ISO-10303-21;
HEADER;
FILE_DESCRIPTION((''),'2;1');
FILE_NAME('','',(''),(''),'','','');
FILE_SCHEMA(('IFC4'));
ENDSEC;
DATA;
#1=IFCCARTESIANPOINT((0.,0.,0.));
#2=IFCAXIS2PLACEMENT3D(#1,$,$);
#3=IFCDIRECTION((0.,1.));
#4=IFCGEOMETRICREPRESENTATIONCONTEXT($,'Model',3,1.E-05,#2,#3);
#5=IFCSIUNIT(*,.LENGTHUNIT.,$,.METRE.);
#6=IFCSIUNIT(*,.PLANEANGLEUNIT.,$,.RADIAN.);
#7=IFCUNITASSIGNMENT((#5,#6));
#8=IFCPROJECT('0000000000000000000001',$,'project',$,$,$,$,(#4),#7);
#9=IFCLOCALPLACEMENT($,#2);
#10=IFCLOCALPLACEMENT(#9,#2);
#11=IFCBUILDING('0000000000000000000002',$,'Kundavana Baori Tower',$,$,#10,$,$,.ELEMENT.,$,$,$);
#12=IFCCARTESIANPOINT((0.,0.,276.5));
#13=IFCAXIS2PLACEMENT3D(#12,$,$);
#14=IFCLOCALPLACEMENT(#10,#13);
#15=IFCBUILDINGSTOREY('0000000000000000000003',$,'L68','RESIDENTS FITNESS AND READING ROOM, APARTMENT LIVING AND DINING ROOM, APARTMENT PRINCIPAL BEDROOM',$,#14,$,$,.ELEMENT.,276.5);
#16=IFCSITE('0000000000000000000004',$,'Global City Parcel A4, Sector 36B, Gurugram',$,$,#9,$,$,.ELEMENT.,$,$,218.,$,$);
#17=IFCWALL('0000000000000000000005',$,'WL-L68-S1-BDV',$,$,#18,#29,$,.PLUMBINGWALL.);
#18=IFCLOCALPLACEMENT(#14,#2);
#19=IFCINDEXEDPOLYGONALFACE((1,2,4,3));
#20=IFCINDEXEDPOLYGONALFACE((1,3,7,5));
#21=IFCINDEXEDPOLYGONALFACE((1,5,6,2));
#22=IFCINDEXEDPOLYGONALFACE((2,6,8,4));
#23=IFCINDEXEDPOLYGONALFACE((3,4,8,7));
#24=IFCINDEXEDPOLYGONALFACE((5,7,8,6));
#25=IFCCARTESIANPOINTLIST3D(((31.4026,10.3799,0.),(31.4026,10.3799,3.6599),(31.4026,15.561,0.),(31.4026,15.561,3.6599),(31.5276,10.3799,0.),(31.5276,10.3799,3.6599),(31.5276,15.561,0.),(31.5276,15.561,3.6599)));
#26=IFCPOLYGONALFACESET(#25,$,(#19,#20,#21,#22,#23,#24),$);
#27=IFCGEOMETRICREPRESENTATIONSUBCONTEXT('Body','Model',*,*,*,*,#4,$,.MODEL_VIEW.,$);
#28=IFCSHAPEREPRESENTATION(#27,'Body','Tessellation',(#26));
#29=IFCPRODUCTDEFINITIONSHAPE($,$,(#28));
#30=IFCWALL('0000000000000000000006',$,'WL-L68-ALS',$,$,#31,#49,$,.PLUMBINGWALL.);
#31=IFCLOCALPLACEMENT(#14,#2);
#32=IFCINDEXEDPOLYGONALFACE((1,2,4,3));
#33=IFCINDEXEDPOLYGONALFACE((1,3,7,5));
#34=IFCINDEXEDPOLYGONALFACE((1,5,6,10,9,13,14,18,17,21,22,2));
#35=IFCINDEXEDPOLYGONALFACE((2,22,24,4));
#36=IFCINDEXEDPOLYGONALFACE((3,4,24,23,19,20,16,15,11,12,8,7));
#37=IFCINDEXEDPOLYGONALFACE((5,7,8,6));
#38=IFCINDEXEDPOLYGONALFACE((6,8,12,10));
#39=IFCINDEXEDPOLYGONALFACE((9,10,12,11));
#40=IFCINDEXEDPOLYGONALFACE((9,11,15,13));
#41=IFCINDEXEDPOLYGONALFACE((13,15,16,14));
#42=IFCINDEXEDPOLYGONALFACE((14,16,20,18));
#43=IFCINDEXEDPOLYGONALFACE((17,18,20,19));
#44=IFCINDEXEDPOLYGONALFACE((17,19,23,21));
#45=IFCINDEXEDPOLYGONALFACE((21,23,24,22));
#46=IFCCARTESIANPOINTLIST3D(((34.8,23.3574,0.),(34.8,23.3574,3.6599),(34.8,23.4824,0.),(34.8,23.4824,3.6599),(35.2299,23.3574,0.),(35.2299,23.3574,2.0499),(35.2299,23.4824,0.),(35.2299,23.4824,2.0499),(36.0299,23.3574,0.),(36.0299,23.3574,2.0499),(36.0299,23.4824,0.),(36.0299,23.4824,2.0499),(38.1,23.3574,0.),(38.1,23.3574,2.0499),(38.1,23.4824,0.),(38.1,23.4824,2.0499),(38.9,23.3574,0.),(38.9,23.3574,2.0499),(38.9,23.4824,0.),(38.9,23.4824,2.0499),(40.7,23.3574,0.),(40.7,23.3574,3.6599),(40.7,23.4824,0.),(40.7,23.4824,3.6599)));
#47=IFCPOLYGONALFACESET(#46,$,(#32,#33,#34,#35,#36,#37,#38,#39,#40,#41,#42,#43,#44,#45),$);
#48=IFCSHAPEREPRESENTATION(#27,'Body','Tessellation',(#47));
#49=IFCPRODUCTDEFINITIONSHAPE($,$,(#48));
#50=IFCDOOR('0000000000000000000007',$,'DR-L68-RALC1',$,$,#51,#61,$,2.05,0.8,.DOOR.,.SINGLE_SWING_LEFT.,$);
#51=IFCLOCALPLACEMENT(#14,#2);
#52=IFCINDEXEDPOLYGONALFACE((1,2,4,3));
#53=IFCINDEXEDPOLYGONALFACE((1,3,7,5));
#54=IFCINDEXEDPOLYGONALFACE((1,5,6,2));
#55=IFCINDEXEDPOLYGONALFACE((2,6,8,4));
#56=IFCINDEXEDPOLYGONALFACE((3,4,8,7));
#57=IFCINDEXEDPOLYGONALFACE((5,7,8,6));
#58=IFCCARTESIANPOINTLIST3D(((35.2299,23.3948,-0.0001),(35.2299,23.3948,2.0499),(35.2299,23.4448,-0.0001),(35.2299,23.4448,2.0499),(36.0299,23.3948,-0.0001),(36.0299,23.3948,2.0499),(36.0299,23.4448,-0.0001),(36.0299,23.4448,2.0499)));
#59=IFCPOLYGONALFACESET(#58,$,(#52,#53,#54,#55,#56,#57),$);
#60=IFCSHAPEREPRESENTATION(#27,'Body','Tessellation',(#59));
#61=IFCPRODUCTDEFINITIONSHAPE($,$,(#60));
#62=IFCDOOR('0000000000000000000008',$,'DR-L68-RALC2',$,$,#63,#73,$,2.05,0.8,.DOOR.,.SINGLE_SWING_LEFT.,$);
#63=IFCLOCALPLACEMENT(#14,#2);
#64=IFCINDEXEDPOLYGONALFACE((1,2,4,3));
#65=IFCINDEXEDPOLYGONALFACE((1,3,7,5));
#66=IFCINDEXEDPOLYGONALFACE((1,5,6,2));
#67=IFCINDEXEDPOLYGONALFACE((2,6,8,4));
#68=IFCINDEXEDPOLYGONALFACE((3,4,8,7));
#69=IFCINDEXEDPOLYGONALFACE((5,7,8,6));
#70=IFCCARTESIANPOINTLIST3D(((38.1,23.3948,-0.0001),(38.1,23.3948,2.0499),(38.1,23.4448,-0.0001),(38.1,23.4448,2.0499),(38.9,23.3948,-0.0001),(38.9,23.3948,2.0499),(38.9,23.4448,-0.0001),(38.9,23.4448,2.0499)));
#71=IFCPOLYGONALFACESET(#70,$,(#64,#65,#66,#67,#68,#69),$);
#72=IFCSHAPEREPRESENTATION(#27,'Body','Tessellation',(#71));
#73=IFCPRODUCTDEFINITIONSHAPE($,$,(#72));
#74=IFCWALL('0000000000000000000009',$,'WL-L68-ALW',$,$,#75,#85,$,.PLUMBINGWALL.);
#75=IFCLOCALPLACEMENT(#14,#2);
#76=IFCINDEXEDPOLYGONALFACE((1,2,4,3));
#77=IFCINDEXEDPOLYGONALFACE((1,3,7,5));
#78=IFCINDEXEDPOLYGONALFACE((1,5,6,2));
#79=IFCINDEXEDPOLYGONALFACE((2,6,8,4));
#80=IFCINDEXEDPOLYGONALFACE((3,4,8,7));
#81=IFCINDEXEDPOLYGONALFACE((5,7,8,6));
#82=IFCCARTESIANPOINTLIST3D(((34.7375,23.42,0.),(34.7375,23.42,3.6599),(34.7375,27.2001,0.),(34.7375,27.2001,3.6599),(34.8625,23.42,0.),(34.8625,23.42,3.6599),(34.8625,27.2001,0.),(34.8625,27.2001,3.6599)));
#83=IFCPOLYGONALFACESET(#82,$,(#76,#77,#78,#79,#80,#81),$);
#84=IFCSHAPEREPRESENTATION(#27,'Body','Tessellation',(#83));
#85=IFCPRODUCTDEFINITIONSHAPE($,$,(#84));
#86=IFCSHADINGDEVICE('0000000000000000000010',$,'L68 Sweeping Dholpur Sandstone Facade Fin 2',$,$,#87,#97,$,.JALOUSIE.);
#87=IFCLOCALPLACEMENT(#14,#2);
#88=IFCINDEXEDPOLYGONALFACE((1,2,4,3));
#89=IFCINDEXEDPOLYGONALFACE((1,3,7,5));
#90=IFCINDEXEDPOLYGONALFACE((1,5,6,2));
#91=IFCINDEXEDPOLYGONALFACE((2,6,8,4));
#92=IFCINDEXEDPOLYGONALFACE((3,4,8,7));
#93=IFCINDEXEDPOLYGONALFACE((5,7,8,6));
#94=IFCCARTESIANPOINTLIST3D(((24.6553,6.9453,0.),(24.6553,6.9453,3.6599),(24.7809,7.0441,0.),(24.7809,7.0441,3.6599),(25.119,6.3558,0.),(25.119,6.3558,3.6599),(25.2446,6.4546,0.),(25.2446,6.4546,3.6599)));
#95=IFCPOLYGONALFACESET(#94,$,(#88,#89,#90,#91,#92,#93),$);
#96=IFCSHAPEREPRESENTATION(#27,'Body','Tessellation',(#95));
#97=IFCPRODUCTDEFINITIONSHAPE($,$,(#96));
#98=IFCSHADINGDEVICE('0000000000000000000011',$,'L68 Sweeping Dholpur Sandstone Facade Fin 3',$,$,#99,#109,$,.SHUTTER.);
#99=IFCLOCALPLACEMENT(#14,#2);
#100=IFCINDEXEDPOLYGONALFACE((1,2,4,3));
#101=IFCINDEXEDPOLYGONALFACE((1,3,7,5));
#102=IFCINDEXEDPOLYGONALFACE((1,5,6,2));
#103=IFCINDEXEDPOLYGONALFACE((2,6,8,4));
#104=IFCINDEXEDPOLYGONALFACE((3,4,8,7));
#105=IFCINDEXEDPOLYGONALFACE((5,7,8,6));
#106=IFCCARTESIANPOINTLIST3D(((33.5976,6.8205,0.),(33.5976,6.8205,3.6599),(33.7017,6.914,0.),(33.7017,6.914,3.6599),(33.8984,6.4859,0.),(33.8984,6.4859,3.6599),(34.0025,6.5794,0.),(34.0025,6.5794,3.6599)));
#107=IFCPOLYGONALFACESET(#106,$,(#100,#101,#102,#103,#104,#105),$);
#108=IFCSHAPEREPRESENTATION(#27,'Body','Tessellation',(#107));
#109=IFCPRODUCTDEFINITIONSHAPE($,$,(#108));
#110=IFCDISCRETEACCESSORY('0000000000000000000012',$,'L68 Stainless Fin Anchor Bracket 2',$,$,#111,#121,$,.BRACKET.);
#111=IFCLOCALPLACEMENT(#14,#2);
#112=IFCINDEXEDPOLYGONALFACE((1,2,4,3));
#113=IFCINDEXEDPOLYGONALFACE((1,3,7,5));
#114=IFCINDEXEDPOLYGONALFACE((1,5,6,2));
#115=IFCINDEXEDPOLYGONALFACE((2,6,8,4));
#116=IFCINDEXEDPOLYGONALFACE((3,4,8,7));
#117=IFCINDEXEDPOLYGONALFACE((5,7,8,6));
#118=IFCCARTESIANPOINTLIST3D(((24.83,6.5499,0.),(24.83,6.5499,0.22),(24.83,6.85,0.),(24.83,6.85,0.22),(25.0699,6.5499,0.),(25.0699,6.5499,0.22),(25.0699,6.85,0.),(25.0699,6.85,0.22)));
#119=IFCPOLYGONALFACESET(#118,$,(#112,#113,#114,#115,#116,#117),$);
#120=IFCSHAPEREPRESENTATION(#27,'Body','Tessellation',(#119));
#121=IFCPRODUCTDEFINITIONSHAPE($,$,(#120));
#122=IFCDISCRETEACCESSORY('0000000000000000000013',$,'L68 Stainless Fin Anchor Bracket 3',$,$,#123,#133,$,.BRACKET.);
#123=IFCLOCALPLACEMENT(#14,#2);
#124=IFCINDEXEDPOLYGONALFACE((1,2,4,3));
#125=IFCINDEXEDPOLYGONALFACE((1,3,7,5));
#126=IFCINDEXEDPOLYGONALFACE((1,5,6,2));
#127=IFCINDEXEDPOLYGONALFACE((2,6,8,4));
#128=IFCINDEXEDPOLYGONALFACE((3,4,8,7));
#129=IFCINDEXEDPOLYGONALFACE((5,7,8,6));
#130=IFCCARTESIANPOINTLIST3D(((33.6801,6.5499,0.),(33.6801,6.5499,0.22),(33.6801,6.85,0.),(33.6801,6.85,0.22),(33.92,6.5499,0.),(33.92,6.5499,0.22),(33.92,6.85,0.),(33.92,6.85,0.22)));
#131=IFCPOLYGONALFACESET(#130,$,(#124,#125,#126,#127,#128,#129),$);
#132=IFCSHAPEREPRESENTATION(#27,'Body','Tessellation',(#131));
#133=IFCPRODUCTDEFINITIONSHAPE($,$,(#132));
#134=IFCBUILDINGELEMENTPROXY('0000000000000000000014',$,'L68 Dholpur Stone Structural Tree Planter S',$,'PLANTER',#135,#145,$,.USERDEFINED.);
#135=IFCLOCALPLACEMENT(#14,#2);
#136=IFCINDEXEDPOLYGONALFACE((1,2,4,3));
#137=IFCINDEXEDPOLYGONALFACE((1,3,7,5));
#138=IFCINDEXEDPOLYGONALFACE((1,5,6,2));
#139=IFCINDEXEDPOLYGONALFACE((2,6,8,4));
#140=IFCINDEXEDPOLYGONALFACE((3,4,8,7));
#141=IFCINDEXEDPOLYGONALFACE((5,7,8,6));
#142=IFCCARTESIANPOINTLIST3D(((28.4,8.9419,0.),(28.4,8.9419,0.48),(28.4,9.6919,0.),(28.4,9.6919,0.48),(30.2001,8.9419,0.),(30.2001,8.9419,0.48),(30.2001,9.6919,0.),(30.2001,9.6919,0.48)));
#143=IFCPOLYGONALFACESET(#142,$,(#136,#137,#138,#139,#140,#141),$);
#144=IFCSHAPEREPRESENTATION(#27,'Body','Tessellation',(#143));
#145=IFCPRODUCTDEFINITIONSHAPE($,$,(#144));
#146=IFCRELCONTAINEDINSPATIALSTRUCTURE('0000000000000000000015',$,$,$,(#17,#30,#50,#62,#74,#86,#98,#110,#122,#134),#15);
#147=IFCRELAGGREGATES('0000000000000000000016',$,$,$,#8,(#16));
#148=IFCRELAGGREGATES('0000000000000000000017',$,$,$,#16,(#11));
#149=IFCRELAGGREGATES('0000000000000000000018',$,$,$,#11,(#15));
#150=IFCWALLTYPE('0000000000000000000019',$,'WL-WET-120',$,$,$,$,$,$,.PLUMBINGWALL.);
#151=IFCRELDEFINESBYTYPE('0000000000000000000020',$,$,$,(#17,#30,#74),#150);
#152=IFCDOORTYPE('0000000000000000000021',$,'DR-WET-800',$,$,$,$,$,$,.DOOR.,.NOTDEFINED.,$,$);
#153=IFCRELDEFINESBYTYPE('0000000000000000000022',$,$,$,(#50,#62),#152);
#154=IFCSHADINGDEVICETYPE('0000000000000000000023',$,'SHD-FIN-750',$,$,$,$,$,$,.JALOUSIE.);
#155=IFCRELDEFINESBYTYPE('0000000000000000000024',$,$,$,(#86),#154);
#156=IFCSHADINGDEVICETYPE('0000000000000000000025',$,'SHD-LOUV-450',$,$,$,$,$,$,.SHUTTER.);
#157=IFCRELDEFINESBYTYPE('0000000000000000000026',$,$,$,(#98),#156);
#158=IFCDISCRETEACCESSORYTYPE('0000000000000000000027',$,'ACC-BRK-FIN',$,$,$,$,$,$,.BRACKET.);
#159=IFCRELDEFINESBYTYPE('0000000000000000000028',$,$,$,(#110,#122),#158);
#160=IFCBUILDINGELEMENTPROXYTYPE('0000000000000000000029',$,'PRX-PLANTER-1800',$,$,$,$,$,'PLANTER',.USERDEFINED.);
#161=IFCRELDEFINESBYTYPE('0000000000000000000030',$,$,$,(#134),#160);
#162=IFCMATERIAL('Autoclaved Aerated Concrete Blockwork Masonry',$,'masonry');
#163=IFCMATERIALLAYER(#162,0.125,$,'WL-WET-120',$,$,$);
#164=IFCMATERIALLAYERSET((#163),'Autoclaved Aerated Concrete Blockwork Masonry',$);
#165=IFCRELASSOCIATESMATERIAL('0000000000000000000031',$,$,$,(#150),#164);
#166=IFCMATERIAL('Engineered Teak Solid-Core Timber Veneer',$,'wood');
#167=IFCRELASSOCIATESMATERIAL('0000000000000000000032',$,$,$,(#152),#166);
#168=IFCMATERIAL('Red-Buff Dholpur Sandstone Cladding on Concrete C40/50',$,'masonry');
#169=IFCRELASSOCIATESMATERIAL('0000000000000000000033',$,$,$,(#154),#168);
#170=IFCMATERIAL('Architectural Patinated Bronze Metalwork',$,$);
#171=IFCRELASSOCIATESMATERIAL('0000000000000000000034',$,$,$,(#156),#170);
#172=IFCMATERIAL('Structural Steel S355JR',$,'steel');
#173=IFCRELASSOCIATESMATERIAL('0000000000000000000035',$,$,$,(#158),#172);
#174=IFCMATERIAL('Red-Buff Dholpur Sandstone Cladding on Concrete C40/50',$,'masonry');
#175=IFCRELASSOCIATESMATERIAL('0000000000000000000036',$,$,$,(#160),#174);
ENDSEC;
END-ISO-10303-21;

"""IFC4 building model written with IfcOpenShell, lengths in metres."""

from ifc_helpers import new_model, si_unit, direction, frame, frame_2d, origin, origin_2d, place, context, subcontext, project, spatial, rectangle, extrude, material, layer, layer_set, type_object, element, fill, save


model = new_model("IFC4")

# Units and contexts
model_context = context("Model", 3, precision=1e-05, world=origin(), true_north=direction((0.0, 1.0)))
body_context = subcontext(model_context, "Body", "Model", "MODEL_VIEW")
ifc_project = project(units=[si_unit("LENGTHUNIT", "METRE"), si_unit("PLANEANGLEUNIT", "RADIAN")], contexts=[model_context])

# Site, building, storey
site_placement = place(None, origin())
site = spatial("IfcSite", under=ifc_project, at=site_placement, Name="Global City Parcel A4, Sector 36B, Gurugram", CompositionType="ELEMENT", RefElevation=218.0)
building_placement = place(site_placement, origin())
building = spatial("IfcBuilding", under=site, at=building_placement, Name="Kundavana Baori Tower", CompositionType="ELEMENT")
storey_placement = place(building_placement, frame((0.0, 0.0, 276.5)))
storey = spatial("IfcBuildingStorey", under=building, at=storey_placement, Name="L68", Description="RESIDENTS FITNESS AND READING ROOM, APARTMENT LIVING AND DINING ROOM, APARTMENT PRINCIPAL BEDROOM", CompositionType="ELEMENT", Elevation=276.5)

# Shared definitions
ifc_material_1 = material(Name="Autoclaved Aerated Concrete Blockwork Masonry", Category="masonry")
ifc_layer = layer(ifc_material_1, 0.125, Name="WL-WET-120")
ifc_layer_set = layer_set([ifc_layer], Name="Autoclaved Aerated Concrete Blockwork Masonry")
wall_type = type_object("IfcWallType", Name="WL-WET-120", PredefinedType="PLUMBINGWALL", material=ifc_layer_set)

# Wall
wall_1_placement = place(storey_placement, frame((31.4651, 10.3799, 0.0), z_axis=(0.0, 0.0, 1.0), x_axis=(0.0, 1.0, 0.0)))
element("IfcWall", 1, at=wall_1_placement, inside=storey, type_object=wall_type, Name="WL-L68-S1-BDV", PredefinedType="PLUMBINGWALL", context=body_context, shape_type="SweptSolid", body=[
    extrude(rectangle(XDim=5.1812, YDim=0.125, at=frame_2d((2.5906, 0.0))), origin(), (0.0, 0.0, 1.0), 3.6599),
])

# Wall, openings, doors
wall_2_placement = place(storey_placement, frame((34.8, 23.4199, 0.0), z_axis=(0.0, 0.0, 1.0), x_axis=(1.0, 0.0, 0.0)))
wall_2 = element("IfcWall", 2, at=wall_2_placement, inside=storey, type_object=wall_type, Name="WL-L68-ALS", PredefinedType="PLUMBINGWALL", context=body_context, shape_type="SweptSolid", body=[
    extrude(rectangle(XDim=5.8999, YDim=0.125, at=frame_2d((2.95, 0.0))), origin(), (0.0, 0.0, 1.0), 3.6599),
])
opening_1_placement = place(wall_2_placement, frame((0.4299, 0.0, 0.0)))
opening_1 = element("IfcOpeningElement", 3, at=opening_1_placement, cuts=wall_2, PredefinedType="OPENING", context=body_context, shape_type="SweptSolid", body=[
    extrude(rectangle(XDim=0.8, YDim=2.05, at=frame_2d((0.3999, 1.0249))), frame((0.0, 0.0725, 0.0), z_axis=(0.0, -1.0, 0.0), x_axis=(1.0, 0.0, 0.0)), (0.0, 0.0, 1.0), 0.145),
])
opening_2_placement = place(wall_2_placement, frame((3.3, 0.0, 0.0)))
opening_2 = element("IfcOpeningElement", 4, at=opening_2_placement, cuts=wall_2, PredefinedType="OPENING", context=body_context, shape_type="SweptSolid", body=[
    extrude(rectangle(XDim=0.8, YDim=2.05, at=frame_2d((0.3999, 1.0249))), frame((0.0, 0.0725, 0.0), z_axis=(0.0, -1.0, 0.0), x_axis=(1.0, 0.0, 0.0)), (0.0, 0.0, 1.0), 0.145),
])
ifc_material_2 = material(Name="Engineered Teak Solid-Core Timber Veneer", Category="wood")
door_type_1 = type_object("IfcDoorType", Name="DR-WET-800", OperationType="NOTDEFINED", PredefinedType="DOOR", material=ifc_material_2)
door_1_placement = place(opening_1_placement, origin())
door_1 = element("IfcDoor", 5, at=door_1_placement, inside=storey, type_object=door_type_1, Name="DR-L68-RALC1", OperationType="SINGLE_SWING_LEFT", OverallHeight=2.05, OverallWidth=0.8, PredefinedType="DOOR", context=body_context, shape_type="SweptSolid", body=[
    extrude(rectangle(XDim=0.8, YDim=2.05, at=frame_2d((0.3999, 1.0249))), frame((0.0, 0.0249, 0.0), z_axis=(0.0, -1.0, 0.0), x_axis=(1.0, 0.0, 0.0)), (0.0, 0.0, 1.0), 0.05),
])
fill(opening_1, door_1)
door_2_placement = place(opening_2_placement, origin())
door_2 = element("IfcDoor", 6, at=door_2_placement, inside=storey, type_object=door_type_1, Name="DR-L68-RALC2", OperationType="SINGLE_SWING_LEFT", OverallHeight=2.05, OverallWidth=0.8, PredefinedType="DOOR", context=body_context, shape_type="SweptSolid", body=[
    extrude(rectangle(XDim=0.8, YDim=2.05, at=frame_2d((0.3999, 1.0249))), frame((0.0, 0.0249, 0.0), z_axis=(0.0, -1.0, 0.0), x_axis=(1.0, 0.0, 0.0)), (0.0, 0.0, 1.0), 0.05),
])
fill(opening_2, door_2)

# Wall
wall_3_placement = place(storey_placement, frame((34.8, 23.4199, 0.0), z_axis=(0.0, 0.0, 1.0), x_axis=(0.0, 1.0, 0.0)))
element("IfcWall", 7, at=wall_3_placement, inside=storey, type_object=wall_type, Name="WL-L68-ALW", PredefinedType="PLUMBINGWALL", context=body_context, shape_type="SweptSolid", body=[
    extrude(rectangle(XDim=3.78, YDim=0.125, at=frame_2d((1.8901, 0.0))), origin(), (0.0, 0.0, 1.0), 3.6599),
])

# Shading devices
ifc_material_3 = material(Name="Red-Buff Dholpur Sandstone Cladding on Concrete C40/50", Category="masonry")
shading_device_type_1 = type_object("IfcShadingDeviceType", Name="SHD-FIN-750", PredefinedType="JALOUSIE", material=ifc_material_3)
shading_device_1_placement = place(storey_placement, frame((24.95, 6.7, 0.0), z_axis=(0.0, 0.0, 1.0), x_axis=(0.785965, 0.618271, 0.0)))
element("IfcShadingDevice", 8, at=shading_device_1_placement, inside=storey, type_object=shading_device_type_1, Name="L68 Sweeping Dholpur Sandstone Facade Fin 2", PredefinedType="JALOUSIE", context=body_context, shape_type="SweptSolid", body=[
    extrude(rectangle(XDim=0.1599, YDim=0.75, at=origin_2d()), origin(), (0.0, 0.0, 1.0), 3.6599),
])
ifc_material_4 = material(Name="Architectural Patinated Bronze Metalwork")
shading_device_type_2 = type_object("IfcShadingDeviceType", Name="SHD-LOUV-450", PredefinedType="SHUTTER", material=ifc_material_4)
shading_device_2_placement = place(storey_placement, frame((33.8, 6.7, 0.0), z_axis=(0.0, 0.0, 1.0), x_axis=(0.743728, 0.668482, 0.0)))
element("IfcShadingDevice", 9, at=shading_device_2_placement, inside=storey, type_object=shading_device_type_2, Name="L68 Sweeping Dholpur Sandstone Facade Fin 3", PredefinedType="SHUTTER", context=body_context, shape_type="SweptSolid", body=[
    extrude(rectangle(XDim=0.1399, YDim=0.45, at=origin_2d()), origin(), (0.0, 0.0, 1.0), 3.6599),
])

# Discrete accessories
ifc_material_5 = material(Name="Structural Steel S355JR", Category="steel")
discrete_accessory_type = type_object("IfcDiscreteAccessoryType", Name="ACC-BRK-FIN", PredefinedType="BRACKET", material=ifc_material_5)
for number, where, z_axis, x_axis, name in (
    (10, (24.95, 6.7, 0.0), (0.0, 0.0, 1.0), (1.0, 0.0, 0.0), "L68 Stainless Fin Anchor Bracket 2"),
    (11, (33.8, 6.7, 0.0), (0.0, 0.0, 1.0), (1.0, 0.0, 0.0), "L68 Stainless Fin Anchor Bracket 3"),
):
    element("IfcDiscreteAccessory", number, at=place(storey_placement, frame(where, z_axis=z_axis, x_axis=x_axis)), inside=storey, type_object=discrete_accessory_type, Name=name, PredefinedType="BRACKET", context=body_context, shape_type="SweptSolid", body=[
        extrude(rectangle(XDim=0.24, YDim=0.3, at=origin_2d()), origin(), (0.0, 0.0, 1.0), 0.22),
    ])

# Building element proxy
ifc_material_6 = material(Name="Red-Buff Dholpur Sandstone Cladding on Concrete C40/50", Category="masonry")
building_element_proxy_type = type_object("IfcBuildingElementProxyType", Name="PRX-PLANTER-1800", ElementType="PLANTER", PredefinedType="USERDEFINED", material=ifc_material_6)
proxy_placement = place(storey_placement, frame((29.3, 9.3169, 0.0), z_axis=(0.0, 0.0, 1.0), x_axis=(1.0, 0.0, 0.0)))
element("IfcBuildingElementProxy", 12, at=proxy_placement, inside=storey, type_object=building_element_proxy_type, Name="L68 Dholpur Stone Structural Tree Planter S", ObjectType="PLANTER", PredefinedType="USERDEFINED", context=body_context, shape_type="SweptSolid", body=[
    extrude(rectangle(XDim=1.8, YDim=0.75, at=origin_2d()), origin(), (0.0, 0.0, 1.0), 0.48),
])

save(model, "model.ifc")
